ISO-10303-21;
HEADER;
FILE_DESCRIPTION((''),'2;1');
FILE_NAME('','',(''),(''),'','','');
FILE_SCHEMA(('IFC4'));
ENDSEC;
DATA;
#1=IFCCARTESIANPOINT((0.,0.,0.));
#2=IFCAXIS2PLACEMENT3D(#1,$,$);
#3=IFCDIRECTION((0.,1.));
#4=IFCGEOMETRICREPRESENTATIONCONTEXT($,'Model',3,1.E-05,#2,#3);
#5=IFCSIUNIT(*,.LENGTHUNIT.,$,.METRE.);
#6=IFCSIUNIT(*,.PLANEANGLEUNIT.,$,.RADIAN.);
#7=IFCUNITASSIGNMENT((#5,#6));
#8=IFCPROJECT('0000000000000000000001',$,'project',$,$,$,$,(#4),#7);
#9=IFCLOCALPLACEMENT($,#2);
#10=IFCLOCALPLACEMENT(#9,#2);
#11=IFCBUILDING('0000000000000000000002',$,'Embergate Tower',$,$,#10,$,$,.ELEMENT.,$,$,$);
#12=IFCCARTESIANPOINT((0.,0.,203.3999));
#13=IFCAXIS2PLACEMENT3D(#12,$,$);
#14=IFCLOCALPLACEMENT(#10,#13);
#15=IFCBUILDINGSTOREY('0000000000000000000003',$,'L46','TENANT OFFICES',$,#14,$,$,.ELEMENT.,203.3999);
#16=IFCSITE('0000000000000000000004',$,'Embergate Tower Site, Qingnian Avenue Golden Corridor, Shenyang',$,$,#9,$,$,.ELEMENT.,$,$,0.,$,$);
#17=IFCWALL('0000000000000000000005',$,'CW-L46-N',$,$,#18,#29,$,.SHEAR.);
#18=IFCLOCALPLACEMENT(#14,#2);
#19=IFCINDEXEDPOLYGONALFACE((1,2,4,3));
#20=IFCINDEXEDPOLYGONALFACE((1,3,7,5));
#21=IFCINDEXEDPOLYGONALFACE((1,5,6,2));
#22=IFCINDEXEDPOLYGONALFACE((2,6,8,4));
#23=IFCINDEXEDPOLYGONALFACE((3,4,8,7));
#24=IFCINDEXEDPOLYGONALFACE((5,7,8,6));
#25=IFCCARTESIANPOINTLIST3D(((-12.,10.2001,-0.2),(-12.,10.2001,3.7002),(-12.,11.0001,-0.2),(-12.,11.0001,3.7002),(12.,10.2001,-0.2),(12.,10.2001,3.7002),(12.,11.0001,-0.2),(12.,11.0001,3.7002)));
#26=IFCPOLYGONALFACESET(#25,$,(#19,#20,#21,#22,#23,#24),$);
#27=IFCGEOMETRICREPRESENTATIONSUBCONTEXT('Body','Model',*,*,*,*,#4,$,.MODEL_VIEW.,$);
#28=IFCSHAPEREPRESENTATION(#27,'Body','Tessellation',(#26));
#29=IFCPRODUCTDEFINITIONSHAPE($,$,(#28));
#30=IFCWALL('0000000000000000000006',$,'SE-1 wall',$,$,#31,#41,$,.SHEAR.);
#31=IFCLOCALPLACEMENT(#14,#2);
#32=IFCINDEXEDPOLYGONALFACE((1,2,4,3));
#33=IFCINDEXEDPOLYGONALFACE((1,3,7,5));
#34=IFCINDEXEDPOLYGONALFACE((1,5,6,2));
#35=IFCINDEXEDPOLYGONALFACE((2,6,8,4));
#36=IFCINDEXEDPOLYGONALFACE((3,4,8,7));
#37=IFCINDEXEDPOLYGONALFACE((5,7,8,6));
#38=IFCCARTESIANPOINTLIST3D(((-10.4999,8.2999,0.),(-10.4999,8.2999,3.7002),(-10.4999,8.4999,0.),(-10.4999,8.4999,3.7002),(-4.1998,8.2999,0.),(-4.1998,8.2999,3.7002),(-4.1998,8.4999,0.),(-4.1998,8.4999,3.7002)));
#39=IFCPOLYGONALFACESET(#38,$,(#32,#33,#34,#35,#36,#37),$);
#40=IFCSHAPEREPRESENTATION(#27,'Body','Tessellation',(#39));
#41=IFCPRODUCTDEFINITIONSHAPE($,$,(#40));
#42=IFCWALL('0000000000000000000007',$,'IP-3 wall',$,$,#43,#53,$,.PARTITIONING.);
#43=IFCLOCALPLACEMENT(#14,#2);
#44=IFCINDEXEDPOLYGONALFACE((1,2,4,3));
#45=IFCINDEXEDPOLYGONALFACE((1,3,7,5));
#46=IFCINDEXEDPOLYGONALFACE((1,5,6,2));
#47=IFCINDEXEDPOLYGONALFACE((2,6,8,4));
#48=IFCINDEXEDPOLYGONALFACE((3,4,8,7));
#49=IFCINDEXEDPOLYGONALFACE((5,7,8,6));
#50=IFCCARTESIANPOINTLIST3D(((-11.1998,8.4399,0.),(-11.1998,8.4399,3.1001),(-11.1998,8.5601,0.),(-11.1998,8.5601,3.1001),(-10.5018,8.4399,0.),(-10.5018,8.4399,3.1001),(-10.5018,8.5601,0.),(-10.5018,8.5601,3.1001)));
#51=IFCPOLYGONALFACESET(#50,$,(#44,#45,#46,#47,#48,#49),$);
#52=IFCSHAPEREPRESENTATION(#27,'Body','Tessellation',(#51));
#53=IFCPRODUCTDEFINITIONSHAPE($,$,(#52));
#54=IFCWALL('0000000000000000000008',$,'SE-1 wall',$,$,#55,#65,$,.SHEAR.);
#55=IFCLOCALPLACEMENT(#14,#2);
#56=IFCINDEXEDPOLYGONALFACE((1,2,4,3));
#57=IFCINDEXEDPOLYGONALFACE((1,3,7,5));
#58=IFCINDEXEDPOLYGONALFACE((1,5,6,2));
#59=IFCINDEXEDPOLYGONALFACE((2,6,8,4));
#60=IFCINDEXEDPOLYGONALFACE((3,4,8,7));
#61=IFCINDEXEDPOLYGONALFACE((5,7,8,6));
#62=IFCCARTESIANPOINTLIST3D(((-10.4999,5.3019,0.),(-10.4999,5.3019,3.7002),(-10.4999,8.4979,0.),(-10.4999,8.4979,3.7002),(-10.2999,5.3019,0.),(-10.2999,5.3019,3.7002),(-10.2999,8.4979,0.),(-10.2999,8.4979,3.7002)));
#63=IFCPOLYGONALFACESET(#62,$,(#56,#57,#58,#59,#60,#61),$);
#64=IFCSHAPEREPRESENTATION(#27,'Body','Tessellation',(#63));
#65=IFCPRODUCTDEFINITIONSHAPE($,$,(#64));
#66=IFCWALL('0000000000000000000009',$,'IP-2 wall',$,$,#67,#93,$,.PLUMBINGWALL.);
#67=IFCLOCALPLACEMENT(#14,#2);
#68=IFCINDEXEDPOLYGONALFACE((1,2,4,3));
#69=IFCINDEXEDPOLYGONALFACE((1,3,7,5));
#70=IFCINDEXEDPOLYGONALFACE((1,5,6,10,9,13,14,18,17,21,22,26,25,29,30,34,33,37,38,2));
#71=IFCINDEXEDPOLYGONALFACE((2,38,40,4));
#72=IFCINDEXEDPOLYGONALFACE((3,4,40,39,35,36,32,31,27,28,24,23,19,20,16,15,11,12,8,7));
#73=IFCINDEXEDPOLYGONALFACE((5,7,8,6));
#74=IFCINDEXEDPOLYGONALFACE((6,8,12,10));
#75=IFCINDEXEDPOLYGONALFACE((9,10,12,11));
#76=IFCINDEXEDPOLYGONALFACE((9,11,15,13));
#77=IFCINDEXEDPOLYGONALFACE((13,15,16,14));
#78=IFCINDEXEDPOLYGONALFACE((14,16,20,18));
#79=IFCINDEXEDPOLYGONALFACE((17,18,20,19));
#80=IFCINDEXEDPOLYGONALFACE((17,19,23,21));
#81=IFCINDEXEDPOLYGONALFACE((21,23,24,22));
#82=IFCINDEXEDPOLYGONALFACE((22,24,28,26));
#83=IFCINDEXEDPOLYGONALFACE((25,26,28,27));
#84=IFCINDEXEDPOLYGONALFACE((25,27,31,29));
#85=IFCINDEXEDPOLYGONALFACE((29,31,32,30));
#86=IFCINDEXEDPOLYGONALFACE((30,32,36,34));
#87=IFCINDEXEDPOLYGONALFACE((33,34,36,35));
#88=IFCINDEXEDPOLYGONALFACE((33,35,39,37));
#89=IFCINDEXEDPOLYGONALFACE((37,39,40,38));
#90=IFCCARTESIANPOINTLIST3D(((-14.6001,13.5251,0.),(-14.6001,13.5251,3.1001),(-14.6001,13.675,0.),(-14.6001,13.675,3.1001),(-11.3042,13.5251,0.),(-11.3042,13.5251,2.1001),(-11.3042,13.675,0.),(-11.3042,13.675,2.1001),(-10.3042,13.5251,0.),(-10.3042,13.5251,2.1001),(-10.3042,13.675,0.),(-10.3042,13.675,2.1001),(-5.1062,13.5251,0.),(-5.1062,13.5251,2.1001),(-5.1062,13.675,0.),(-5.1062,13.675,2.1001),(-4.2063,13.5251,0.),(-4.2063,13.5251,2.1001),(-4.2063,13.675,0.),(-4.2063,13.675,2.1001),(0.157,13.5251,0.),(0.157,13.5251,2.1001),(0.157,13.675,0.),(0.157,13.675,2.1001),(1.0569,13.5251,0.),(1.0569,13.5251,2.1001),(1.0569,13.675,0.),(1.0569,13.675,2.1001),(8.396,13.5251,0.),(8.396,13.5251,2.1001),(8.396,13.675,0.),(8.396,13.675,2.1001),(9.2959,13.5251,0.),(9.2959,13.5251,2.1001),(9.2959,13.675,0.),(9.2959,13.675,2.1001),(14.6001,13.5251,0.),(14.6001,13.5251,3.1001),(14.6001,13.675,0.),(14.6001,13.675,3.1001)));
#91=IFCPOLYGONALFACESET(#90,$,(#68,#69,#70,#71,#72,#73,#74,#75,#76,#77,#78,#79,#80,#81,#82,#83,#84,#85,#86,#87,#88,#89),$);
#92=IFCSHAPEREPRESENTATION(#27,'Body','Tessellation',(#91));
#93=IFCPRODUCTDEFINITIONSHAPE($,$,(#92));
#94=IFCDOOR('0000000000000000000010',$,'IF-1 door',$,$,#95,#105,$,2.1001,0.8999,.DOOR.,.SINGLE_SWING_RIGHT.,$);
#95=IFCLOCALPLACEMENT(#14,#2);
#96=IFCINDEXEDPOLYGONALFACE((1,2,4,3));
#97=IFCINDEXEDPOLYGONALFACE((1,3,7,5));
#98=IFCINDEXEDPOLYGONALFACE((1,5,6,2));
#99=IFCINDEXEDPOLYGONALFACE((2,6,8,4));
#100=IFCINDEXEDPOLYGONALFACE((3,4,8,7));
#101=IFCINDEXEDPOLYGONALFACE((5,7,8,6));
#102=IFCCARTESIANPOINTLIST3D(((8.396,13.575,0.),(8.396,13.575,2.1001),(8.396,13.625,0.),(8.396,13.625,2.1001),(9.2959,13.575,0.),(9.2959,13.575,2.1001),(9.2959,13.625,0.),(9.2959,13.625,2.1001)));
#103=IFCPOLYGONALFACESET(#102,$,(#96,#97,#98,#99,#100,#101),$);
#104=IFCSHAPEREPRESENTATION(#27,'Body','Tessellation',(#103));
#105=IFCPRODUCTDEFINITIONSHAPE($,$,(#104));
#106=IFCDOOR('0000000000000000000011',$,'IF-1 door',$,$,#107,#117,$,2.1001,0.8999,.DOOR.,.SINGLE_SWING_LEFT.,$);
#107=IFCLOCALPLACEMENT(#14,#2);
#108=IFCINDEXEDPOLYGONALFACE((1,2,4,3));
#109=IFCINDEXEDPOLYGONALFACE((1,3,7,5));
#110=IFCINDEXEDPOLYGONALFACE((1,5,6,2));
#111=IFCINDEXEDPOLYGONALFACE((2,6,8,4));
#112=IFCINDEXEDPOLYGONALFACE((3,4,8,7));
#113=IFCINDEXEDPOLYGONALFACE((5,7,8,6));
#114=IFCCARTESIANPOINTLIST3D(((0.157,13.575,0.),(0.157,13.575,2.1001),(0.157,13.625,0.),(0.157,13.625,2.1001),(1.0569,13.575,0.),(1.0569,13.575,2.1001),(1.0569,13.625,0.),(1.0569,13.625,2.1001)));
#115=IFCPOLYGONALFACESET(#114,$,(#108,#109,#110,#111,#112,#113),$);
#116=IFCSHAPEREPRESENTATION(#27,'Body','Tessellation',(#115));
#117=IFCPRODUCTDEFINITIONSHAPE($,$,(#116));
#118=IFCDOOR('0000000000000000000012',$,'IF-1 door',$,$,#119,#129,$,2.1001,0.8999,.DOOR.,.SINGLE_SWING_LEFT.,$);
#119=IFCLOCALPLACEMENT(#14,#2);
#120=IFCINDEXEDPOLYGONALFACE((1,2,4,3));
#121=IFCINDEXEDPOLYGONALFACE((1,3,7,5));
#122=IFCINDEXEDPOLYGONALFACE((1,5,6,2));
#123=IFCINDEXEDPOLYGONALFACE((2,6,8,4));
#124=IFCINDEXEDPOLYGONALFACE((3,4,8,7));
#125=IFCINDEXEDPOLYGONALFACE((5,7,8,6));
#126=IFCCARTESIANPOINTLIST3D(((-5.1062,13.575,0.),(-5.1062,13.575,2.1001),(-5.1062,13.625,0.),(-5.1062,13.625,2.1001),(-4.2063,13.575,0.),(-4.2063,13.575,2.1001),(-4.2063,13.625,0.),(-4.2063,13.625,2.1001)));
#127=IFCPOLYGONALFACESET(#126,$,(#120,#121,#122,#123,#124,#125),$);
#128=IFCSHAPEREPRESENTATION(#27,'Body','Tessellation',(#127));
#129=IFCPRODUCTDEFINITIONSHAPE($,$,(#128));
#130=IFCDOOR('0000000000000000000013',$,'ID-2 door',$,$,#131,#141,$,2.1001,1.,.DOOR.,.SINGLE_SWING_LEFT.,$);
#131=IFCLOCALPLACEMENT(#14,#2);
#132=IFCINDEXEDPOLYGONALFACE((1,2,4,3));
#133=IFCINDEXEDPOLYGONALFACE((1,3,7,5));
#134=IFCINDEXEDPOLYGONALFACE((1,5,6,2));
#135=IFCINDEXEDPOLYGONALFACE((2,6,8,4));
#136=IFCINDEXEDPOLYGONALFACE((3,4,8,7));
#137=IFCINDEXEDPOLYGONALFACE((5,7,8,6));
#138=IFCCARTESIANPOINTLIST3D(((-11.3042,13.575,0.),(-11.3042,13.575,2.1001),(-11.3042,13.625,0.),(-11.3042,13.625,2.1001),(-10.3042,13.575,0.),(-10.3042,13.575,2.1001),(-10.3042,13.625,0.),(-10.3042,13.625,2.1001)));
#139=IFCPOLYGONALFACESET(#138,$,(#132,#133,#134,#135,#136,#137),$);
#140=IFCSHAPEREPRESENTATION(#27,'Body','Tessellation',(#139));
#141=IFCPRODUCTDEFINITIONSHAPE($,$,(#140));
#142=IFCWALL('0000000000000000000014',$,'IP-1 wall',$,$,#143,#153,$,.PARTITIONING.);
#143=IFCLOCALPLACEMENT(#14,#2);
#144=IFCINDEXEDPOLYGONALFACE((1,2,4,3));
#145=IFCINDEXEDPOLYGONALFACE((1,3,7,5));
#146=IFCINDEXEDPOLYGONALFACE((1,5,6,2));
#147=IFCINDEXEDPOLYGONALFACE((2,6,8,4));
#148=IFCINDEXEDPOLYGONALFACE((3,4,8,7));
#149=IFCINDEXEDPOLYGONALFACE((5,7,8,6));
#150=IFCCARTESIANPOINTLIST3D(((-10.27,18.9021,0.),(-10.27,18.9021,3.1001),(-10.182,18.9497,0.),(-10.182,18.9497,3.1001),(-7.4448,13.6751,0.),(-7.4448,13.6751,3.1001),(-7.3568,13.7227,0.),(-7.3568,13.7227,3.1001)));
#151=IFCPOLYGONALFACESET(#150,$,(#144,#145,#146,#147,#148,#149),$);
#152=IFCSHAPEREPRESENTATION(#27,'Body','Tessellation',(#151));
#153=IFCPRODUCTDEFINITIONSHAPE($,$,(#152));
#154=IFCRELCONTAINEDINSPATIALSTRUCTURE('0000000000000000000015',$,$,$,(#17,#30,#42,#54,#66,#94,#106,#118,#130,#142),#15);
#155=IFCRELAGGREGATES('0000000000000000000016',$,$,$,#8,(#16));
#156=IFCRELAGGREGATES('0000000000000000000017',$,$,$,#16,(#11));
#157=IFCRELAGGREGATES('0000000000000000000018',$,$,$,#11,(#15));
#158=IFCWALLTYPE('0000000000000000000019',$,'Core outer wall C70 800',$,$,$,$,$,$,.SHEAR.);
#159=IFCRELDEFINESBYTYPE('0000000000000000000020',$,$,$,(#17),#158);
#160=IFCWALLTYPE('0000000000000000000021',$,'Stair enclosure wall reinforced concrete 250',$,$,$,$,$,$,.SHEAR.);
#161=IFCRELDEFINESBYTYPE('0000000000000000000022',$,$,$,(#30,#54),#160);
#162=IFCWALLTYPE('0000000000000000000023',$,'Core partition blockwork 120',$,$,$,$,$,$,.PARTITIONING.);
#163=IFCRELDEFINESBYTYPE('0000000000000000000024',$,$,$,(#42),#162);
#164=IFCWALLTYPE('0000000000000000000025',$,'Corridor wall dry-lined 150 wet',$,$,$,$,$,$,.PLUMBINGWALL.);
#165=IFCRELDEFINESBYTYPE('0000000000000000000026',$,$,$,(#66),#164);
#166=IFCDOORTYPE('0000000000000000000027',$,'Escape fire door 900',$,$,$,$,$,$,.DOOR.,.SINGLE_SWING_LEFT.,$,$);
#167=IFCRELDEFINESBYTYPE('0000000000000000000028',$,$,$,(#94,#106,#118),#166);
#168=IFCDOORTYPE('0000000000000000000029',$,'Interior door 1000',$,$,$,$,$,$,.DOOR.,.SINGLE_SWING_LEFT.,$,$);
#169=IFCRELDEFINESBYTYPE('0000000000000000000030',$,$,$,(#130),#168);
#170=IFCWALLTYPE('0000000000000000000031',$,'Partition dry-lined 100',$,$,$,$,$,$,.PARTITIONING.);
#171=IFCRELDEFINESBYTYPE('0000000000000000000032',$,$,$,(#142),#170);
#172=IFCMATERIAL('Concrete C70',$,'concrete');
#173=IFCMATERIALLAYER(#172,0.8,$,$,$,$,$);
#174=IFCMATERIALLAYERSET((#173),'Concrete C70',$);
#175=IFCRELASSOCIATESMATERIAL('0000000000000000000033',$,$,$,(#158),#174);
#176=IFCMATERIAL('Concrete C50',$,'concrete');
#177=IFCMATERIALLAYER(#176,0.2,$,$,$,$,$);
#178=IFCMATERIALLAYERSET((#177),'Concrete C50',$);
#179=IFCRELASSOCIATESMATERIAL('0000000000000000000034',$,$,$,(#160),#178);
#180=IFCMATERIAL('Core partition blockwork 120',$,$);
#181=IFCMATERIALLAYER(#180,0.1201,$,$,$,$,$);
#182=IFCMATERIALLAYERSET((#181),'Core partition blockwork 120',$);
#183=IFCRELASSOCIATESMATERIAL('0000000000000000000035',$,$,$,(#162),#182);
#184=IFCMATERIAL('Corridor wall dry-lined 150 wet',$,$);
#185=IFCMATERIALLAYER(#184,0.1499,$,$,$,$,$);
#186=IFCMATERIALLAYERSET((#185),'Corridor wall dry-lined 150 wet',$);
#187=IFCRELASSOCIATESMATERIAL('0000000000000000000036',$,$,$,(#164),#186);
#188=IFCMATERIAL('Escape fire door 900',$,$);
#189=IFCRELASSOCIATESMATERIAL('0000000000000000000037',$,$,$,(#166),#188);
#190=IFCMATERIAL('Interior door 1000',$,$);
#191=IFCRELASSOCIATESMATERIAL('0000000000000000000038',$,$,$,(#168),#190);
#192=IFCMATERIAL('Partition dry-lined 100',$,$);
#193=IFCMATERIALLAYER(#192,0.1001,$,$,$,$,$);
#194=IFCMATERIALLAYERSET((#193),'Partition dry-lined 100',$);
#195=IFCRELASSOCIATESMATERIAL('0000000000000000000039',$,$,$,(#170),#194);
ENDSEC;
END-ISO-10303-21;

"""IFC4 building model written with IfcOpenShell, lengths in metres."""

from ifc_helpers import new_model, si_unit, direction, frame, frame_2d, origin, place, context, subcontext, project, spatial, rectangle, extrude, source, transform, mapped, material, layer, layer_set, type_object, element, fill, save


model = new_model("IFC4")

# Units and contexts
model_context = context("Model", 3, precision=1e-05, world=origin(), true_north=direction((0.0, 1.0)))
body_context = subcontext(model_context, "Body", "Model", "MODEL_VIEW")
ifc_project = project(units=[si_unit("LENGTHUNIT", "METRE"), si_unit("PLANEANGLEUNIT", "RADIAN")], contexts=[model_context])

# Site, building, storey
site_placement = place(None, origin())
site = spatial("IfcSite", under=ifc_project, at=site_placement, Name="Embergate Tower Site, Qingnian Avenue Golden Corridor, Shenyang", CompositionType="ELEMENT", RefElevation=0.0)
building_placement = place(site_placement, origin())
building = spatial("IfcBuilding", under=site, at=building_placement, Name="Embergate Tower", CompositionType="ELEMENT")
storey_placement = place(building_placement, frame((0.0, 0.0, 203.3999)))
storey = spatial("IfcBuildingStorey", under=building, at=storey_placement, Name="L46", Description="TENANT OFFICES", CompositionType="ELEMENT", Elevation=203.3999)

# Walls
ifc_material_1 = material(Name="Concrete C70", Category="concrete")
ifc_layer_1 = layer(ifc_material_1, 0.8)
ifc_layer_set_1 = layer_set([ifc_layer_1], Name="Concrete C70")
wall_type_1 = type_object("IfcWallType", Name="Core outer wall C70 800", PredefinedType="SHEAR", material=ifc_layer_set_1)
shared_shape_1 = source(origin(), body_context, "Body", "SweptSolid", [
    extrude(rectangle(XDim=24.0, YDim=0.8, at=frame_2d((12.0, 0.0))), origin(), (0.0, 0.0, 1.0), 3.9001),
])
wall_1_placement = place(storey_placement, frame((-12.0, 10.6001, -0.2), z_axis=(0.0, 0.0, 1.0), x_axis=(1.0, 0.0, 0.0)))
element("IfcWall", 1, at=wall_1_placement, inside=storey, type_object=wall_type_1, Name="CW-L46-N", PredefinedType="SHEAR", context=body_context, shape_type="MappedRepresentation", body=[
    mapped(shared_shape_1, transform((0.0, 0.0, 0.0))),
])
ifc_material_2 = material(Name="Concrete C50", Category="concrete")
ifc_layer_2 = layer(ifc_material_2, 0.2)
ifc_layer_set_2 = layer_set([ifc_layer_2], Name="Concrete C50")
wall_type_2 = type_object("IfcWallType", Name="Stair enclosure wall reinforced concrete 250", PredefinedType="SHEAR", material=ifc_layer_set_2)
shared_shape_2 = source(origin(), body_context, "Body", "SweptSolid", [
    extrude(rectangle(XDim=6.3, YDim=0.2, at=frame_2d((3.1499, 0.0))), origin(), (0.0, 0.0, 1.0), 3.7002),
])
wall_2_placement = place(storey_placement, frame((-4.2, 8.3999, 0.0), z_axis=(0.0, 0.0, 1.0), x_axis=(-1.0, 0.0, 0.0)))
element("IfcWall", 2, at=wall_2_placement, inside=storey, type_object=wall_type_2, Name="SE-1 wall", PredefinedType="SHEAR", context=body_context, shape_type="MappedRepresentation", body=[
    mapped(shared_shape_2, transform((0.0, 0.0, 0.0))),
])
ifc_material_3 = material(Name="Core partition blockwork 120")
ifc_layer_3 = layer(ifc_material_3, 0.1201)
ifc_layer_set_3 = layer_set([ifc_layer_3], Name="Core partition blockwork 120")
wall_type_3 = type_object("IfcWallType", Name="Core partition blockwork 120", PredefinedType="PARTITIONING", material=ifc_layer_set_3)
shared_shape_3 = source(origin(), body_context, "Body", "SweptSolid", [
    extrude(rectangle(XDim=0.698, YDim=0.1201, at=frame_2d((0.3491, 0.0))), origin(), (0.0, 0.0, 1.0), 3.1001),
])
wall_3_placement = place(storey_placement, frame((-11.2, 8.5, 0.0), z_axis=(0.0, 0.0, 1.0), x_axis=(1.0, 0.0, 0.0)))
element("IfcWall", 3, at=wall_3_placement, inside=storey, type_object=wall_type_3, Name="IP-3 wall", PredefinedType="PARTITIONING", context=body_context, shape_type="MappedRepresentation", body=[
    mapped(shared_shape_3, transform((0.0, 0.0, 0.0))),
])
shared_shape_4 = source(origin(), body_context, "Body", "SweptSolid", [
    extrude(rectangle(XDim=3.196, YDim=0.2, at=frame_2d((1.5981, 0.0))), origin(), (0.0, 0.0, 1.0), 3.7002),
])
wall_4_placement = place(storey_placement, frame((-10.3999, 8.498, 0.0), z_axis=(0.0, 0.0, 1.0), x_axis=(0.0, -1.0, 0.0)))
element("IfcWall", 4, at=wall_4_placement, inside=storey, type_object=wall_type_2, Name="SE-1 wall", PredefinedType="SHEAR", context=body_context, shape_type="MappedRepresentation", body=[
    mapped(shared_shape_4, transform((0.0, 0.0, 0.0))),
])

# Wall, openings, doors
ifc_material_4 = material(Name="Corridor wall dry-lined 150 wet")
ifc_layer_4 = layer(ifc_material_4, 0.1499)
ifc_layer_set_4 = layer_set([ifc_layer_4], Name="Corridor wall dry-lined 150 wet")
wall_type_4 = type_object("IfcWallType", Name="Corridor wall dry-lined 150 wet", PredefinedType="PLUMBINGWALL", material=ifc_layer_set_4)
shared_shape_5 = source(origin(), body_context, "Body", "SweptSolid", [
    extrude(rectangle(XDim=29.2002, YDim=0.1499, at=frame_2d((14.6001, 0.0))), origin(), (0.0, 0.0, 1.0), 3.1001),
])
wall_5_placement = place(storey_placement, frame((-14.6001, 13.6001, 0.0), z_axis=(0.0, 0.0, 1.0), x_axis=(1.0, 0.0, 0.0)))
wall_5 = element("IfcWall", 5, at=wall_5_placement, inside=storey, type_object=wall_type_4, Name="IP-2 wall", PredefinedType="PLUMBINGWALL", context=body_context, shape_type="MappedRepresentation", body=[
    mapped(shared_shape_5, transform((0.0, 0.0, 0.0))),
])
shared_shape_6 = source(origin(), body_context, "Body", "SweptSolid", [
    extrude(rectangle(XDim=0.8999, YDim=2.1001, at=frame_2d((0.45, 1.05))), frame((0.0, 0.085, 0.0), z_axis=(0.0, -1.0, 0.0), x_axis=(1.0, 0.0, 0.0)), (0.0, 0.0, 1.0), 0.1699),
])
opening_1_placement = place(wall_5_placement, frame((22.9961, 0.0, 0.0)))
opening_1 = element("IfcOpeningElement", 6, at=opening_1_placement, cuts=wall_5, PredefinedType="OPENING", context=body_context, shape_type="MappedRepresentation", body=[
    mapped(shared_shape_6, transform((0.0, 0.0, 0.0))),
])
opening_2_placement = place(wall_5_placement, frame((14.7571, 0.0, 0.0)))
opening_2 = element("IfcOpeningElement", 7, at=opening_2_placement, cuts=wall_5, PredefinedType="OPENING", context=body_context, shape_type="MappedRepresentation", body=[
    mapped(shared_shape_6, transform((0.0, 0.0, 0.0))),
])
opening_3_placement = place(wall_5_placement, frame((9.4939, 0.0, 0.0)))
opening_3 = element("IfcOpeningElement", 8, at=opening_3_placement, cuts=wall_5, PredefinedType="OPENING", context=body_context, shape_type="MappedRepresentation", body=[
    mapped(shared_shape_6, transform((0.0, 0.0, 0.0))),
])
shared_shape_7 = source(origin(), body_context, "Body", "SweptSolid", [
    extrude(rectangle(XDim=1.0, YDim=2.1001, at=frame_2d((0.5, 1.05))), frame((0.0, 0.085, 0.0), z_axis=(0.0, -1.0, 0.0), x_axis=(1.0, 0.0, 0.0)), (0.0, 0.0, 1.0), 0.1699),
])
opening_4_placement = place(wall_5_placement, frame((3.2959, 0.0, 0.0)))
opening_4 = element("IfcOpeningElement", 9, at=opening_4_placement, cuts=wall_5, PredefinedType="OPENING", context=body_context, shape_type="MappedRepresentation", body=[
    mapped(shared_shape_7, transform((0.0, 0.0, 0.0))),
])
ifc_material_5 = material(Name="Escape fire door 900")
door_type_1 = type_object("IfcDoorType", Name="Escape fire door 900", OperationType="SINGLE_SWING_LEFT", PredefinedType="DOOR", material=ifc_material_5)
shared_shape_8 = source(origin(), body_context, "Body", "SweptSolid", [
    extrude(rectangle(XDim=0.8999, YDim=2.1001, at=frame_2d((0.45, 1.05))), frame((0.0, 0.0249, 0.0), z_axis=(0.0, -1.0, 0.0), x_axis=(1.0, 0.0, 0.0)), (0.0, 0.0, 1.0), 0.05),
])
door_1_placement = place(opening_1_placement, origin())
door_1 = element("IfcDoor", 10, at=door_1_placement, inside=storey, type_object=door_type_1, Name="IF-1 door", OperationType="SINGLE_SWING_RIGHT", OverallHeight=2.1001, OverallWidth=0.8999, PredefinedType="DOOR", context=body_context, shape_type="MappedRepresentation", body=[
    mapped(shared_shape_8, transform((0.0, 0.0, 0.0))),
])
fill(opening_1, door_1)
door_2_placement = place(opening_2_placement, origin())
door_2 = element("IfcDoor", 11, at=door_2_placement, inside=storey, type_object=door_type_1, Name="IF-1 door", OperationType="SINGLE_SWING_LEFT", OverallHeight=2.1001, OverallWidth=0.8999, PredefinedType="DOOR", context=body_context, shape_type="MappedRepresentation", body=[
    mapped(shared_shape_8, transform((0.0, 0.0, 0.0))),
])
fill(opening_2, door_2)
door_3_placement = place(opening_3_placement, origin())
door_3 = element("IfcDoor", 12, at=door_3_placement, inside=storey, type_object=door_type_1, Name="IF-1 door", OperationType="SINGLE_SWING_LEFT", OverallHeight=2.1001, OverallWidth=0.8999, PredefinedType="DOOR", context=body_context, shape_type="MappedRepresentation", body=[
    mapped(shared_shape_8, transform((0.0, 0.0, 0.0))),
])
fill(opening_3, door_3)
ifc_material_6 = material(Name="Interior door 1000")
door_type_2 = type_object("IfcDoorType", Name="Interior door 1000", OperationType="SINGLE_SWING_LEFT", PredefinedType="DOOR", material=ifc_material_6)
shared_shape_9 = source(origin(), body_context, "Body", "SweptSolid", [
    extrude(rectangle(XDim=1.0, YDim=2.1001, at=frame_2d((0.5, 1.05))), frame((0.0, 0.0249, 0.0), z_axis=(0.0, -1.0, 0.0), x_axis=(1.0, 0.0, 0.0)), (0.0, 0.0, 1.0), 0.05),
])
door_4_placement = place(opening_4_placement, origin())
door_4 = element("IfcDoor", 13, at=door_4_placement, inside=storey, type_object=door_type_2, Name="ID-2 door", OperationType="SINGLE_SWING_LEFT", OverallHeight=2.1001, OverallWidth=1.0, PredefinedType="DOOR", context=body_context, shape_type="MappedRepresentation", body=[
    mapped(shared_shape_9, transform((0.0, 0.0, 0.0))),
])
fill(opening_4, door_4)

# Wall
ifc_material_7 = material(Name="Partition dry-lined 100")
ifc_layer_5 = layer(ifc_material_7, 0.1001)
ifc_layer_set_5 = layer_set([ifc_layer_5], Name="Partition dry-lined 100")
wall_type_5 = type_object("IfcWallType", Name="Partition dry-lined 100", PredefinedType="PARTITIONING", material=ifc_layer_set_5)
shared_shape_10 = source(origin(), body_context, "Body", "SweptSolid", [
    extrude(rectangle(XDim=5.9417, YDim=0.1001, at=frame_2d((2.9707, 0.0))), origin(), (0.0, 0.0, 1.0), 3.1001),
])
wall_6_placement = place(storey_placement, frame((-7.4009, 13.699, 0.0), z_axis=(0.0, 0.0, 1.0), x_axis=(-0.475486, 0.879723, 0.0)))
element("IfcWall", 14, at=wall_6_placement, inside=storey, type_object=wall_type_5, Name="IP-1 wall", PredefinedType="PARTITIONING", context=body_context, shape_type="MappedRepresentation", body=[
    mapped(shared_shape_10, transform((0.0, 0.0, 0.0))),
])

save(model, "model.ifc")
